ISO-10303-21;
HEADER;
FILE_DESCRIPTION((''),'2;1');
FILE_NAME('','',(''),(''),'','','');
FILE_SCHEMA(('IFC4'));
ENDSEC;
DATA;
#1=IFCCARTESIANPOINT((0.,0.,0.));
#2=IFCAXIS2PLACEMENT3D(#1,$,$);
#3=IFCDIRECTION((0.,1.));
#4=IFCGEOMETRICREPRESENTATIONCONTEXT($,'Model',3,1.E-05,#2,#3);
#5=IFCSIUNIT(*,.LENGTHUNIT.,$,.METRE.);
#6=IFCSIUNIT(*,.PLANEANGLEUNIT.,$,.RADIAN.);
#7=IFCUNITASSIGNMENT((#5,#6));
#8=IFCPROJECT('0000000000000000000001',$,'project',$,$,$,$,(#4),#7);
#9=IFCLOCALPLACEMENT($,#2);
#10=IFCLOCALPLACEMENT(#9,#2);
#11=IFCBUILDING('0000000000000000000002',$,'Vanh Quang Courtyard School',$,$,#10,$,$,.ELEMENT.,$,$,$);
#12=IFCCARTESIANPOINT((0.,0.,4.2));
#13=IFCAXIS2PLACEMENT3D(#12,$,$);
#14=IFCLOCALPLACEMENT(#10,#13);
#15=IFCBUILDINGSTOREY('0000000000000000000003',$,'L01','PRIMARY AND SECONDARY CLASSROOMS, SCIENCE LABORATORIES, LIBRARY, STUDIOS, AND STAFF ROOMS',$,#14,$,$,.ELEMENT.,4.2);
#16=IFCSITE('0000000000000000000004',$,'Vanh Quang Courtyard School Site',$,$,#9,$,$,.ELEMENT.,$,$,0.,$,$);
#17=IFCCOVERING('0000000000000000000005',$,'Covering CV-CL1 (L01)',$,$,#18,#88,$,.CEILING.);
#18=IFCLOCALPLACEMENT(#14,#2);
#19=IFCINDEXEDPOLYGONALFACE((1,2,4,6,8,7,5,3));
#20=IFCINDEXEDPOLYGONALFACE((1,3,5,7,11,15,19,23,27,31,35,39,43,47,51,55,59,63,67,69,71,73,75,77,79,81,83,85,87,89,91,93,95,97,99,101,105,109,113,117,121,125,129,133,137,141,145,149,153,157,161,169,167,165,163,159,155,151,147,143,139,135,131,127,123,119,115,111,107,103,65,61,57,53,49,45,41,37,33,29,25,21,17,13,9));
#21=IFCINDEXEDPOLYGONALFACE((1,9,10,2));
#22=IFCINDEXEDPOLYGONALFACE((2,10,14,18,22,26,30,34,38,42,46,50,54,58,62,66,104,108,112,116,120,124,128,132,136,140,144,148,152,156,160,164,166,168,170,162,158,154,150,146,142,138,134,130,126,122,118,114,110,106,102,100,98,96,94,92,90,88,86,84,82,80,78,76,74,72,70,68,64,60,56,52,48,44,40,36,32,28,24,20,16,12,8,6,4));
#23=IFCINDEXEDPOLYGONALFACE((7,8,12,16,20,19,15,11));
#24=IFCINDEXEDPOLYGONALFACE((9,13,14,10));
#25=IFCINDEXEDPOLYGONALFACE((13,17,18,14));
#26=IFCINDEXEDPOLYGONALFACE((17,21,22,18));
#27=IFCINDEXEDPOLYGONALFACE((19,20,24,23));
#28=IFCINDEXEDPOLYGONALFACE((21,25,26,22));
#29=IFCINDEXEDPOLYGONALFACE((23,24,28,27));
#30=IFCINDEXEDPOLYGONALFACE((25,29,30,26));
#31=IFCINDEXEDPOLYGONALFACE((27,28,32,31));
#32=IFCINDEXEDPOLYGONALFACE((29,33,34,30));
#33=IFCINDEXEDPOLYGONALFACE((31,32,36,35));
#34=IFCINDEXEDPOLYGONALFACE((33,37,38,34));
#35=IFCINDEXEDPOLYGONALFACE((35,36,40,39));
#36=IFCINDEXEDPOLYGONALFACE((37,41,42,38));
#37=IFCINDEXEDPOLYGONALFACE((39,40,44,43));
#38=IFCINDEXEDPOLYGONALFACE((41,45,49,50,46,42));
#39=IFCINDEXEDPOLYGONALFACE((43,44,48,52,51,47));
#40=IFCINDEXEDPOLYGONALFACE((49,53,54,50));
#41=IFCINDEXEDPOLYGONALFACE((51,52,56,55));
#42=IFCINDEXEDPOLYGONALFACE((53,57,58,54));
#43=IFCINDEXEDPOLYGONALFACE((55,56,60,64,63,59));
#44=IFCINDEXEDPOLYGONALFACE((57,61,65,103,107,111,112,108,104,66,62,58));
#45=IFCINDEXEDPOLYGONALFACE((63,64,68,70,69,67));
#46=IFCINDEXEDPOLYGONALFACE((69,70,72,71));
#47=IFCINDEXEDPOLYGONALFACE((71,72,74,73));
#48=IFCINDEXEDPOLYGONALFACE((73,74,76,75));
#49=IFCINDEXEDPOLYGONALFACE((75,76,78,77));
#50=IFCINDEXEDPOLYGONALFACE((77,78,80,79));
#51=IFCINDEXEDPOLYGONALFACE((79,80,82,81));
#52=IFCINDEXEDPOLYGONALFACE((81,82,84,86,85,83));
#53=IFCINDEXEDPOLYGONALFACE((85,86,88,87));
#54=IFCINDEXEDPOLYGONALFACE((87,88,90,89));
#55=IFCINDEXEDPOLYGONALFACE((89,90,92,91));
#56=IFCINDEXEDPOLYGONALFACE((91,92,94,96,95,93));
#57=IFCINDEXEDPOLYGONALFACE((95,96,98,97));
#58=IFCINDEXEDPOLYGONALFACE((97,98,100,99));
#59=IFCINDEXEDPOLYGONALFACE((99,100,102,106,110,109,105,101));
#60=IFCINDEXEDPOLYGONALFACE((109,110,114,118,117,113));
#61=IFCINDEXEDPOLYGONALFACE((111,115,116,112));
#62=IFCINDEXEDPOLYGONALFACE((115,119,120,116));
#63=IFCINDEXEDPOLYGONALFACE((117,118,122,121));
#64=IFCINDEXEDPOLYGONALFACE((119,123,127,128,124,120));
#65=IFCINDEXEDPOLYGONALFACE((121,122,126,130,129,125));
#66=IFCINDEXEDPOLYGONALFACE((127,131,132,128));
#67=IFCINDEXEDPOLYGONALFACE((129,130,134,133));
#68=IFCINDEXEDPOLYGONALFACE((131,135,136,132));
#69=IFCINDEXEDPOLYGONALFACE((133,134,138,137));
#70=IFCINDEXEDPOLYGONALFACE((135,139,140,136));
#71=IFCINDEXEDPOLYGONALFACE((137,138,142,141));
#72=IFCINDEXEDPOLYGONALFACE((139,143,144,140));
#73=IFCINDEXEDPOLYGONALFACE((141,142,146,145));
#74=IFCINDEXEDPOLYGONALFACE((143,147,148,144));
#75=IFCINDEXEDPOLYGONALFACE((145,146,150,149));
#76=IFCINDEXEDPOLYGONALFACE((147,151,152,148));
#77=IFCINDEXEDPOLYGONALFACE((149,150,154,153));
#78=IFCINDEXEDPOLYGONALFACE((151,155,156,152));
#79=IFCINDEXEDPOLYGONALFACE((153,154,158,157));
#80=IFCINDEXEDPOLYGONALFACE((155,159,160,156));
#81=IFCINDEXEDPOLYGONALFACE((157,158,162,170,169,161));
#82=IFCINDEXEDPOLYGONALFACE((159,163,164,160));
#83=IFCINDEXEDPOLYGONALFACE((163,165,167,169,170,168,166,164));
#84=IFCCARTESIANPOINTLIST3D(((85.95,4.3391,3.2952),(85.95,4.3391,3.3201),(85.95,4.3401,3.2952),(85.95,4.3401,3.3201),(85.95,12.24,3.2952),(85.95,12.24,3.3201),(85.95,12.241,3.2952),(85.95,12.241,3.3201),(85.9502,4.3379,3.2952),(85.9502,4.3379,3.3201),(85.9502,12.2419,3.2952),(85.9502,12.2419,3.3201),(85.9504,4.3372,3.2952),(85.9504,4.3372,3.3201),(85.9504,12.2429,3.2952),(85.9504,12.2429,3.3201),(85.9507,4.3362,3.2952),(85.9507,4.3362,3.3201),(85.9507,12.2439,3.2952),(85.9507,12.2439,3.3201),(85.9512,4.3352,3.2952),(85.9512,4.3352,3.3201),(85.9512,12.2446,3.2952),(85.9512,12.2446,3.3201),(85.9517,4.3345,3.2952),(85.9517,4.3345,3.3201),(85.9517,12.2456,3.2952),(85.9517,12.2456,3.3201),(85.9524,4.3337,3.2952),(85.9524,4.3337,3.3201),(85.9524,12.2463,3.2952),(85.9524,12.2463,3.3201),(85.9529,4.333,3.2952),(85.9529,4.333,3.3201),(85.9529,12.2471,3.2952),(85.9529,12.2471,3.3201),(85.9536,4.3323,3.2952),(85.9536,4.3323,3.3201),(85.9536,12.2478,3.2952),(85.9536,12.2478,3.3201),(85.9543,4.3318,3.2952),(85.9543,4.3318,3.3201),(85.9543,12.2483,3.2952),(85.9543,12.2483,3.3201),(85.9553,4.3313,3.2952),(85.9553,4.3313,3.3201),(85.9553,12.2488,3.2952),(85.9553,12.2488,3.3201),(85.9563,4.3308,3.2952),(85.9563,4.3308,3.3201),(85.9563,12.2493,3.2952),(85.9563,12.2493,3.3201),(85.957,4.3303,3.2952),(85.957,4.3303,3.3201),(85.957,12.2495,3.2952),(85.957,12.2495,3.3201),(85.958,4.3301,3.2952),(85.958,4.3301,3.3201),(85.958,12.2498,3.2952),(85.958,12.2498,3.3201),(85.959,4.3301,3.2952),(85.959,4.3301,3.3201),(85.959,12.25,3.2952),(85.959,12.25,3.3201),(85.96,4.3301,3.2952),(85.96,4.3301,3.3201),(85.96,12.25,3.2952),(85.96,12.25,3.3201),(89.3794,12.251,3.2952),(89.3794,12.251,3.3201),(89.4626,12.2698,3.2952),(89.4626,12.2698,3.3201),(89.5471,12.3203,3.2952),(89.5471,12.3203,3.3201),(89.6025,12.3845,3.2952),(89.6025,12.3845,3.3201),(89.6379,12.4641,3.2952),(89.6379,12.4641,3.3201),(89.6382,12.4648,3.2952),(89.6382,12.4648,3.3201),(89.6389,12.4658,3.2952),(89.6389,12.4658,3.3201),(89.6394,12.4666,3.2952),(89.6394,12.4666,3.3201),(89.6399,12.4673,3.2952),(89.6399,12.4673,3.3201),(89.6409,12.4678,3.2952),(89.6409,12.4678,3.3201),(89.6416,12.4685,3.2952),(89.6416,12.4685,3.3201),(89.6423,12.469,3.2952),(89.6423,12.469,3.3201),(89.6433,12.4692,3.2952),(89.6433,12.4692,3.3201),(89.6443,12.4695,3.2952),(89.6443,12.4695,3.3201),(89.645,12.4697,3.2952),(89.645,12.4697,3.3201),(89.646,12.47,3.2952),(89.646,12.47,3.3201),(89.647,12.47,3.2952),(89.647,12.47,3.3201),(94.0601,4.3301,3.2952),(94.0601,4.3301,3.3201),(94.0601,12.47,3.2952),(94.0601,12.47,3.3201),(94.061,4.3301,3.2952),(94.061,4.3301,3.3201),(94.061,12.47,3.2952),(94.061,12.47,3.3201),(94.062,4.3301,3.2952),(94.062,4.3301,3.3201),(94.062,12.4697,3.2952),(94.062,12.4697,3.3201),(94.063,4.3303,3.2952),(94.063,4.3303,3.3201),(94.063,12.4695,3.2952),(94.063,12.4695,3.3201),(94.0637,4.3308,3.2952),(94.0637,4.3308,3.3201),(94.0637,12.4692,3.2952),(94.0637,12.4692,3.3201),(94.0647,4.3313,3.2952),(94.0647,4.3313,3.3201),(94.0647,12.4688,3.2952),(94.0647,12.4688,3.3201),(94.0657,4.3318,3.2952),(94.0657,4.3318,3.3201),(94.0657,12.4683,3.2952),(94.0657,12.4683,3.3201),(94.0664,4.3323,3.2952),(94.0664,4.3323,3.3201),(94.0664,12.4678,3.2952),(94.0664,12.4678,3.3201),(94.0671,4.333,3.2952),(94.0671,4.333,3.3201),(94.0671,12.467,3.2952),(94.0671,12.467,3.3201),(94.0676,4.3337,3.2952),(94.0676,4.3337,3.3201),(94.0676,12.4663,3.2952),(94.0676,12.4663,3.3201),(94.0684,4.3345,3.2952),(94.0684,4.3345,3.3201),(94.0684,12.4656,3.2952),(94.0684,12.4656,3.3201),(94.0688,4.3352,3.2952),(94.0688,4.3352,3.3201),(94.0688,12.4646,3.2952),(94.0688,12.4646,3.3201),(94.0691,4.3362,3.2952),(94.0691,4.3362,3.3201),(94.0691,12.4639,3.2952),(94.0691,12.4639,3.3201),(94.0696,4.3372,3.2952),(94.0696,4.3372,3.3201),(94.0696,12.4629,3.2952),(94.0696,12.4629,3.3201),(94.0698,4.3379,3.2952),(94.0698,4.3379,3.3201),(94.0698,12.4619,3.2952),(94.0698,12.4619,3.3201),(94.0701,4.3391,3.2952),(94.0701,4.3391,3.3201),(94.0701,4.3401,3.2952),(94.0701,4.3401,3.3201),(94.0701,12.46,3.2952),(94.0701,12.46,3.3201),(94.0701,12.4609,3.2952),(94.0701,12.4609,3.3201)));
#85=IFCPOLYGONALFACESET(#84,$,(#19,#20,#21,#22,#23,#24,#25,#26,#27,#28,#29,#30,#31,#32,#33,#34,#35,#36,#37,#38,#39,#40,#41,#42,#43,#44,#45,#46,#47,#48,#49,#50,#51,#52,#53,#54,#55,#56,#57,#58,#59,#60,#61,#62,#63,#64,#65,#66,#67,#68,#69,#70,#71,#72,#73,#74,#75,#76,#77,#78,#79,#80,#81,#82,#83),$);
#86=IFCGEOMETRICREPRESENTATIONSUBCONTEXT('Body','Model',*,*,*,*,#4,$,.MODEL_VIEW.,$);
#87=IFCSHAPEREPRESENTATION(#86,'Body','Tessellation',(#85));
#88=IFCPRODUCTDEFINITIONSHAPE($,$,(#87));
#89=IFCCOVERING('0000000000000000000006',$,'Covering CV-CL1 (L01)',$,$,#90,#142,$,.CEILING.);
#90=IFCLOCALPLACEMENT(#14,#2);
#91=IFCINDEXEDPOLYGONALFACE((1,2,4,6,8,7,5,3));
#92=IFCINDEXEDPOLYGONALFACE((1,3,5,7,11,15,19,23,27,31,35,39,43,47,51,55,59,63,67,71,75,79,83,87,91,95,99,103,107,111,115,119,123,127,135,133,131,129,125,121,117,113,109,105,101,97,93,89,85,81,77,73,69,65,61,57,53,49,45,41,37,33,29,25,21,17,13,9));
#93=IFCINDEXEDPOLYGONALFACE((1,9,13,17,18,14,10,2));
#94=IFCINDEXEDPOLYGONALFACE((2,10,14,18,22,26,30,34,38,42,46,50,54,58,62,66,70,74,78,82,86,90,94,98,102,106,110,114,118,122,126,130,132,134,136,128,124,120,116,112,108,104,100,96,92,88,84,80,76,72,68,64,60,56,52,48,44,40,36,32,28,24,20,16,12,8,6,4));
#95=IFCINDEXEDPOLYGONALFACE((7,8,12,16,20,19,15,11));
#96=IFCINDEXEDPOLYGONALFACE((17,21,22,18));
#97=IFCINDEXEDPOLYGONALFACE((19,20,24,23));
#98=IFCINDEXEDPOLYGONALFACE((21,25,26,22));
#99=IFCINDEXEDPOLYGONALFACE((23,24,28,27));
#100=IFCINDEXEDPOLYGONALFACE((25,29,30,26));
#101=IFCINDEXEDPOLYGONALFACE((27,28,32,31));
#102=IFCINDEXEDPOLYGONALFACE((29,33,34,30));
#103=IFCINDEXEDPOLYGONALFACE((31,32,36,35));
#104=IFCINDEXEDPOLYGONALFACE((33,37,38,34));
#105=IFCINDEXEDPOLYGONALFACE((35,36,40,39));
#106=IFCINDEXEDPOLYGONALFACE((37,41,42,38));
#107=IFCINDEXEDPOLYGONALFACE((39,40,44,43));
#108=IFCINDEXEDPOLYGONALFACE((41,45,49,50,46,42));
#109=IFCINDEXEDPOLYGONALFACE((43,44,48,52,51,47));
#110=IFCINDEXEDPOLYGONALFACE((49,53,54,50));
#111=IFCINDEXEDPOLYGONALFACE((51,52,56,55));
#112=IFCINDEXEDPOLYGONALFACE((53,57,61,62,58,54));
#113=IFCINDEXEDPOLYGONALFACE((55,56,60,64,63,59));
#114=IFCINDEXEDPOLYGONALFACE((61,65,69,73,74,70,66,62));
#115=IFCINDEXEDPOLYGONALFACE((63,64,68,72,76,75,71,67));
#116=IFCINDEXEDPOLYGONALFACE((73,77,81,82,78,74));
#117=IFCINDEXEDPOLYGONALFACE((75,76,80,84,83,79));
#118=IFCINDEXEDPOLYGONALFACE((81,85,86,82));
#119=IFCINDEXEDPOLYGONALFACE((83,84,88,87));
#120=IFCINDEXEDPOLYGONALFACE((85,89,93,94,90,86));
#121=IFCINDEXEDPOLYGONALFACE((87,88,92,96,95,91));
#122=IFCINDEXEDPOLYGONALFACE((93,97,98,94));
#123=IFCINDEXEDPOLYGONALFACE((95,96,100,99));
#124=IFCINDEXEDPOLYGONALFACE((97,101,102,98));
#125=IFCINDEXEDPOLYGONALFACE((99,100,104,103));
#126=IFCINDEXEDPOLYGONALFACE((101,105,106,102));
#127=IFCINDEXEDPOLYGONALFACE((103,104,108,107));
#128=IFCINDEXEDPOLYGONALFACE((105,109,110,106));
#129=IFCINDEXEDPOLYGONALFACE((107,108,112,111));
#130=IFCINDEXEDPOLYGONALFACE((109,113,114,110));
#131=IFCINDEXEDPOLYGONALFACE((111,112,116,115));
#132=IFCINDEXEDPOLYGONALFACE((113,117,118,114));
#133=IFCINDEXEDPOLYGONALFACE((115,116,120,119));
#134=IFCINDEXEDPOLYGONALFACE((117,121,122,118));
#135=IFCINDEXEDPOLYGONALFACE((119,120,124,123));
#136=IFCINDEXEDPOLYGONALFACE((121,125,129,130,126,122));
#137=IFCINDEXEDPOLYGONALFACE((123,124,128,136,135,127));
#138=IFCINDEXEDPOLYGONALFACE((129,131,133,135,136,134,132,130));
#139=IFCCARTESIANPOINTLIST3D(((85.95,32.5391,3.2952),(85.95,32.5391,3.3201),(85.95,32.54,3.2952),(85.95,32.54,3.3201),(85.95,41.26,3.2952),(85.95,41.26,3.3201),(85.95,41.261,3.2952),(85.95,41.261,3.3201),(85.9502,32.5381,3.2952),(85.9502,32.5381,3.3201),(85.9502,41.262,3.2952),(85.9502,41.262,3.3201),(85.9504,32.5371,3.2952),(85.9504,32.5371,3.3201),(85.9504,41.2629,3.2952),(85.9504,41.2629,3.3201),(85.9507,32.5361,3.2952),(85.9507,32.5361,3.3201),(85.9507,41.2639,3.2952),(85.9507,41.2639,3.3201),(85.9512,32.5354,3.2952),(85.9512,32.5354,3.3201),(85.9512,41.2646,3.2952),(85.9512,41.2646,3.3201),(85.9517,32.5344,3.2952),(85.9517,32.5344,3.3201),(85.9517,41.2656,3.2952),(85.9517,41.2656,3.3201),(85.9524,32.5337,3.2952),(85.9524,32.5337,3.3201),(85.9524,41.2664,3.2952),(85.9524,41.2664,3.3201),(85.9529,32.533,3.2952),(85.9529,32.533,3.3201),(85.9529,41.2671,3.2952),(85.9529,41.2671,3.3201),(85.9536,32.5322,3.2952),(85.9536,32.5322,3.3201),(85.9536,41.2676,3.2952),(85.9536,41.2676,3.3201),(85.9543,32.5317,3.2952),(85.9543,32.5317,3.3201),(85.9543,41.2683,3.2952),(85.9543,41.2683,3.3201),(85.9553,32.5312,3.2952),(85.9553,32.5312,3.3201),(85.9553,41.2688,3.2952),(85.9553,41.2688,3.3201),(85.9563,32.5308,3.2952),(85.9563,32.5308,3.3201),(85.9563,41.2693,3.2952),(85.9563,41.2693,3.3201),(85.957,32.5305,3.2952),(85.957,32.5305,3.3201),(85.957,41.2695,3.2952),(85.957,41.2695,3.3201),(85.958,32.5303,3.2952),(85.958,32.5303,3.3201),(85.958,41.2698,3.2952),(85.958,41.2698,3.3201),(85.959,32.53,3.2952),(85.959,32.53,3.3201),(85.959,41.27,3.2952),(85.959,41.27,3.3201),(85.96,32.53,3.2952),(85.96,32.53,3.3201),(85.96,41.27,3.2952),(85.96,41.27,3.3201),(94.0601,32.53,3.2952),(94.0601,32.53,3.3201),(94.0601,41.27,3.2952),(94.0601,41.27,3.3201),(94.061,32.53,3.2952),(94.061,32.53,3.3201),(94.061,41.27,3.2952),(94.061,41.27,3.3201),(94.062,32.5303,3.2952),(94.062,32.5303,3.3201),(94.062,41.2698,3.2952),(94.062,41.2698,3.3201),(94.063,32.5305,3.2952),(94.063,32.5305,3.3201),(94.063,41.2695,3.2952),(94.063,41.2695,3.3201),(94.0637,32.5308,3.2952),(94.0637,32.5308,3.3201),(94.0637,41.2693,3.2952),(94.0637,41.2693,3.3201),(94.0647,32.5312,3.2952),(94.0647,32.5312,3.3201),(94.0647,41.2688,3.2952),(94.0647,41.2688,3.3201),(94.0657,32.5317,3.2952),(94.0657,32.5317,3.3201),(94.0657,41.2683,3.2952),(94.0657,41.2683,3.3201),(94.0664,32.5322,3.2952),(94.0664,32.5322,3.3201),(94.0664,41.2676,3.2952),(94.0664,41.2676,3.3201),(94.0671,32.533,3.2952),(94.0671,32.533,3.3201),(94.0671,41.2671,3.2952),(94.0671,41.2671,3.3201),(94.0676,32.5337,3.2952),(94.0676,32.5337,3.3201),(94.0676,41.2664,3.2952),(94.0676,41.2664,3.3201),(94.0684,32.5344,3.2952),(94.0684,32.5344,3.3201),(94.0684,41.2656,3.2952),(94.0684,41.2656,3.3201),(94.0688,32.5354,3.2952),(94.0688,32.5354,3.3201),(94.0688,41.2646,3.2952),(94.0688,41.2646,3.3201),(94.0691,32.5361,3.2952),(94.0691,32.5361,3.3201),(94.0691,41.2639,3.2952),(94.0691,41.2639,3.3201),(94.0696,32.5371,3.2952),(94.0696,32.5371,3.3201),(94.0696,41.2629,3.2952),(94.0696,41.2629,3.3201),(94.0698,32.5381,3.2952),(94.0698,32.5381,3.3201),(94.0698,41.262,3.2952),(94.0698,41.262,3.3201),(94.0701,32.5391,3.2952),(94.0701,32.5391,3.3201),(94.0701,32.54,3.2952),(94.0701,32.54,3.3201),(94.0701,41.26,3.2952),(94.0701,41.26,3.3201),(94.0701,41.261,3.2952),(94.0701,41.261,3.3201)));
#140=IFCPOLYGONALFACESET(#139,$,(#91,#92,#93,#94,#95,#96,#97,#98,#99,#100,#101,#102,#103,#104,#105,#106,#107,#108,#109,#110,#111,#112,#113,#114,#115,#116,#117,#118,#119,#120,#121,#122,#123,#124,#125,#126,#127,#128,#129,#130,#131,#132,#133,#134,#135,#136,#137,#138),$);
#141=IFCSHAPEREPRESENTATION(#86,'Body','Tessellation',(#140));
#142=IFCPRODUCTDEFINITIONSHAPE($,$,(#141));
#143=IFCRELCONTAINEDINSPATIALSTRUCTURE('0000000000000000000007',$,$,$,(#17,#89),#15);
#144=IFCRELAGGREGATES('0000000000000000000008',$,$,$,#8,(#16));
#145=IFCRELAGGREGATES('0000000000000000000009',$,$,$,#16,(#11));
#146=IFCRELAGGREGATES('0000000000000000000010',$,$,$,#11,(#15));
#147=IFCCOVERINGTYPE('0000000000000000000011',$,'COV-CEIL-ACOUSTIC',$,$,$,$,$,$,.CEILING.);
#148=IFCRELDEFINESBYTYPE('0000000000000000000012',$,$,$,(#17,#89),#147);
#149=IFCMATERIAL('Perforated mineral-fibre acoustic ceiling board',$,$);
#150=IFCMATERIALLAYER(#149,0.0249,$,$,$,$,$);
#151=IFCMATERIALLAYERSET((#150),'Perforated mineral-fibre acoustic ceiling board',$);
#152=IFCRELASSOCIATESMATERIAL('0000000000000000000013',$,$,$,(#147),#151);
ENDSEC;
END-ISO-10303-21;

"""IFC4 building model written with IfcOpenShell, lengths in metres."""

from ifc_helpers import new_model, si_unit, direction, frame, origin, place, context, subcontext, project, spatial, polyline, outline, extrude, material, layer, layer_set, type_object, element, save


model = new_model("IFC4")

# Units and contexts
model_context = context("Model", 3, precision=1e-05, world=origin(), true_north=direction((0.0, 1.0)))
body_context = subcontext(model_context, "Body", "Model", "MODEL_VIEW")
ifc_project = project(units=[si_unit("LENGTHUNIT", "METRE"), si_unit("PLANEANGLEUNIT", "RADIAN")], contexts=[model_context])

# Site, building, storey
site_placement = place(None, origin())
site = spatial("IfcSite", under=ifc_project, at=site_placement, Name="Vanh Quang Courtyard School Site", CompositionType="ELEMENT", RefElevation=0.0)
building_placement = place(site_placement, origin())
building = spatial("IfcBuilding", under=site, at=building_placement, Name="Vanh Quang Courtyard School", CompositionType="ELEMENT")
storey_placement = place(building_placement, frame((0.0, 0.0, 4.2)))
storey = spatial("IfcBuildingStorey", under=building, at=storey_placement, Name="L01", Description="PRIMARY AND SECONDARY CLASSROOMS, SCIENCE LABORATORIES, LIBRARY, STUDIOS, AND STAFF ROOMS", CompositionType="ELEMENT", Elevation=4.2)

# Coverings
ifc_material_1 = material(Name="Perforated mineral-fibre acoustic ceiling board")
ifc_layer_1 = layer(ifc_material_1, 0.0249)
ifc_layer_set_1 = layer_set([ifc_layer_1], Name="Perforated mineral-fibre acoustic ceiling board")
covering_type_1 = type_object("IfcCoveringType", Name="COV-CEIL-ACOUSTIC", PredefinedType="CEILING", material=ifc_layer_set_1)
covering_1_placement = place(storey_placement, frame((0.0, 0.0, 3.2952)))
element("IfcCovering", 1, at=covering_1_placement, inside=storey, type_object=covering_type_1, Name="Covering CV-CL1 (L01)", PredefinedType="CEILING", context=body_context, shape_type="SweptSolid", body=[
    extrude(outline(polyline([(85.96, 4.3301), (85.959, 4.3301), (85.958, 4.3301), (85.957, 4.3303), (85.9563, 4.3308), (85.9553, 4.3313), (85.9543, 4.3318), (85.9536, 4.3323), (85.9529, 4.333), (85.9524, 4.3337), (85.9517, 4.3345), (85.9512, 4.3352), (85.9507, 4.3362), (85.9504, 4.3372), (85.9502, 4.3379), (85.95, 4.3391), (85.95, 4.3401), (85.95, 12.24), (85.95, 12.241), (85.9502, 12.2419), (85.9504, 12.2429), (85.9507, 12.2439), (85.9512, 12.2446), (85.9517, 12.2456), (85.9524, 12.2463), (85.9529, 12.2471), (85.9536, 12.2478), (85.9543, 12.2483), (85.9553, 12.2488), (85.9563, 12.2493), (85.957, 12.2495), (85.958, 12.2498), (85.959, 12.25), (85.96, 12.25), (89.3794, 12.251), (89.4626, 12.2698), (89.5471, 12.3203), (89.6025, 12.3845), (89.6379, 12.4641), (89.6382, 12.4648), (89.6389, 12.4658), (89.6394, 12.4666), (89.6399, 12.4673), (89.6409, 12.4678), (89.6416, 12.4685), (89.6423, 12.469), (89.6433, 12.4692), (89.6443, 12.4695), (89.645, 12.4697), (89.646, 12.47), (89.647, 12.47), (94.0601, 12.47), (94.061, 12.47), (94.062, 12.4697), (94.063, 12.4695), (94.0637, 12.4692), (94.0647, 12.4688), (94.0657, 12.4683), (94.0664, 12.4678), (94.0671, 12.467), (94.0676, 12.4663), (94.0684, 12.4656), (94.0688, 12.4646), (94.0691, 12.4639), (94.0696, 12.4629), (94.0698, 12.4619), (94.0701, 12.4609), (94.0701, 12.46), (94.0701, 4.3401), (94.0701, 4.3391), (94.0698, 4.3379), (94.0696, 4.3372), (94.0691, 4.3362), (94.0688, 4.3352), (94.0684, 4.3345), (94.0676, 4.3337), (94.0671, 4.333), (94.0664, 4.3323), (94.0657, 4.3318), (94.0647, 4.3313), (94.0637, 4.3308), (94.063, 4.3303), (94.062, 4.3301), (94.061, 4.3301), (94.0601, 4.3301), (85.96, 4.3301)])), origin(), (0.0, 0.0, 1.0), 0.0249),
])
covering_2_placement = place(storey_placement, frame((0.0, 0.0, 3.2952)))
element("IfcCovering", 2, at=covering_2_placement, inside=storey, type_object=covering_type_1, Name="Covering CV-CL1 (L01)", PredefinedType="CEILING", context=body_context, shape_type="SweptSolid", body=[
    extrude(outline(polyline([(85.96, 32.53), (85.959, 32.53), (85.958, 32.5303), (85.957, 32.5305), (85.9563, 32.5308), (85.9553, 32.5312), (85.9543, 32.5317), (85.9536, 32.5322), (85.9529, 32.533), (85.9524, 32.5337), (85.9517, 32.5344), (85.9512, 32.5354), (85.9507, 32.5361), (85.9504, 32.5371), (85.9502, 32.5381), (85.95, 32.5391), (85.95, 32.54), (85.95, 41.26), (85.95, 41.261), (85.9502, 41.262), (85.9504, 41.2629), (85.9507, 41.2639), (85.9512, 41.2646), (85.9517, 41.2656), (85.9524, 41.2664), (85.9529, 41.2671), (85.9536, 41.2676), (85.9543, 41.2683), (85.9553, 41.2688), (85.9563, 41.2693), (85.957, 41.2695), (85.958, 41.2698), (85.959, 41.27), (85.96, 41.27), (94.0601, 41.27), (94.061, 41.27), (94.062, 41.2698), (94.063, 41.2695), (94.0637, 41.2693), (94.0647, 41.2688), (94.0657, 41.2683), (94.0664, 41.2676), (94.0671, 41.2671), (94.0676, 41.2664), (94.0684, 41.2656), (94.0688, 41.2646), (94.0691, 41.2639), (94.0696, 41.2629), (94.0698, 41.262), (94.0701, 41.261), (94.0701, 41.26), (94.0701, 32.54), (94.0701, 32.5391), (94.0698, 32.5381), (94.0696, 32.5371), (94.0691, 32.5361), (94.0688, 32.5354), (94.0684, 32.5344), (94.0676, 32.5337), (94.0671, 32.533), (94.0664, 32.5322), (94.0657, 32.5317), (94.0647, 32.5312), (94.0637, 32.5308), (94.063, 32.5305), (94.062, 32.5303), (94.061, 32.53), (94.0601, 32.53), (85.96, 32.53)])), origin(), (0.0, 0.0, 1.0), 0.0249),
])

save(model, "model.ifc")
